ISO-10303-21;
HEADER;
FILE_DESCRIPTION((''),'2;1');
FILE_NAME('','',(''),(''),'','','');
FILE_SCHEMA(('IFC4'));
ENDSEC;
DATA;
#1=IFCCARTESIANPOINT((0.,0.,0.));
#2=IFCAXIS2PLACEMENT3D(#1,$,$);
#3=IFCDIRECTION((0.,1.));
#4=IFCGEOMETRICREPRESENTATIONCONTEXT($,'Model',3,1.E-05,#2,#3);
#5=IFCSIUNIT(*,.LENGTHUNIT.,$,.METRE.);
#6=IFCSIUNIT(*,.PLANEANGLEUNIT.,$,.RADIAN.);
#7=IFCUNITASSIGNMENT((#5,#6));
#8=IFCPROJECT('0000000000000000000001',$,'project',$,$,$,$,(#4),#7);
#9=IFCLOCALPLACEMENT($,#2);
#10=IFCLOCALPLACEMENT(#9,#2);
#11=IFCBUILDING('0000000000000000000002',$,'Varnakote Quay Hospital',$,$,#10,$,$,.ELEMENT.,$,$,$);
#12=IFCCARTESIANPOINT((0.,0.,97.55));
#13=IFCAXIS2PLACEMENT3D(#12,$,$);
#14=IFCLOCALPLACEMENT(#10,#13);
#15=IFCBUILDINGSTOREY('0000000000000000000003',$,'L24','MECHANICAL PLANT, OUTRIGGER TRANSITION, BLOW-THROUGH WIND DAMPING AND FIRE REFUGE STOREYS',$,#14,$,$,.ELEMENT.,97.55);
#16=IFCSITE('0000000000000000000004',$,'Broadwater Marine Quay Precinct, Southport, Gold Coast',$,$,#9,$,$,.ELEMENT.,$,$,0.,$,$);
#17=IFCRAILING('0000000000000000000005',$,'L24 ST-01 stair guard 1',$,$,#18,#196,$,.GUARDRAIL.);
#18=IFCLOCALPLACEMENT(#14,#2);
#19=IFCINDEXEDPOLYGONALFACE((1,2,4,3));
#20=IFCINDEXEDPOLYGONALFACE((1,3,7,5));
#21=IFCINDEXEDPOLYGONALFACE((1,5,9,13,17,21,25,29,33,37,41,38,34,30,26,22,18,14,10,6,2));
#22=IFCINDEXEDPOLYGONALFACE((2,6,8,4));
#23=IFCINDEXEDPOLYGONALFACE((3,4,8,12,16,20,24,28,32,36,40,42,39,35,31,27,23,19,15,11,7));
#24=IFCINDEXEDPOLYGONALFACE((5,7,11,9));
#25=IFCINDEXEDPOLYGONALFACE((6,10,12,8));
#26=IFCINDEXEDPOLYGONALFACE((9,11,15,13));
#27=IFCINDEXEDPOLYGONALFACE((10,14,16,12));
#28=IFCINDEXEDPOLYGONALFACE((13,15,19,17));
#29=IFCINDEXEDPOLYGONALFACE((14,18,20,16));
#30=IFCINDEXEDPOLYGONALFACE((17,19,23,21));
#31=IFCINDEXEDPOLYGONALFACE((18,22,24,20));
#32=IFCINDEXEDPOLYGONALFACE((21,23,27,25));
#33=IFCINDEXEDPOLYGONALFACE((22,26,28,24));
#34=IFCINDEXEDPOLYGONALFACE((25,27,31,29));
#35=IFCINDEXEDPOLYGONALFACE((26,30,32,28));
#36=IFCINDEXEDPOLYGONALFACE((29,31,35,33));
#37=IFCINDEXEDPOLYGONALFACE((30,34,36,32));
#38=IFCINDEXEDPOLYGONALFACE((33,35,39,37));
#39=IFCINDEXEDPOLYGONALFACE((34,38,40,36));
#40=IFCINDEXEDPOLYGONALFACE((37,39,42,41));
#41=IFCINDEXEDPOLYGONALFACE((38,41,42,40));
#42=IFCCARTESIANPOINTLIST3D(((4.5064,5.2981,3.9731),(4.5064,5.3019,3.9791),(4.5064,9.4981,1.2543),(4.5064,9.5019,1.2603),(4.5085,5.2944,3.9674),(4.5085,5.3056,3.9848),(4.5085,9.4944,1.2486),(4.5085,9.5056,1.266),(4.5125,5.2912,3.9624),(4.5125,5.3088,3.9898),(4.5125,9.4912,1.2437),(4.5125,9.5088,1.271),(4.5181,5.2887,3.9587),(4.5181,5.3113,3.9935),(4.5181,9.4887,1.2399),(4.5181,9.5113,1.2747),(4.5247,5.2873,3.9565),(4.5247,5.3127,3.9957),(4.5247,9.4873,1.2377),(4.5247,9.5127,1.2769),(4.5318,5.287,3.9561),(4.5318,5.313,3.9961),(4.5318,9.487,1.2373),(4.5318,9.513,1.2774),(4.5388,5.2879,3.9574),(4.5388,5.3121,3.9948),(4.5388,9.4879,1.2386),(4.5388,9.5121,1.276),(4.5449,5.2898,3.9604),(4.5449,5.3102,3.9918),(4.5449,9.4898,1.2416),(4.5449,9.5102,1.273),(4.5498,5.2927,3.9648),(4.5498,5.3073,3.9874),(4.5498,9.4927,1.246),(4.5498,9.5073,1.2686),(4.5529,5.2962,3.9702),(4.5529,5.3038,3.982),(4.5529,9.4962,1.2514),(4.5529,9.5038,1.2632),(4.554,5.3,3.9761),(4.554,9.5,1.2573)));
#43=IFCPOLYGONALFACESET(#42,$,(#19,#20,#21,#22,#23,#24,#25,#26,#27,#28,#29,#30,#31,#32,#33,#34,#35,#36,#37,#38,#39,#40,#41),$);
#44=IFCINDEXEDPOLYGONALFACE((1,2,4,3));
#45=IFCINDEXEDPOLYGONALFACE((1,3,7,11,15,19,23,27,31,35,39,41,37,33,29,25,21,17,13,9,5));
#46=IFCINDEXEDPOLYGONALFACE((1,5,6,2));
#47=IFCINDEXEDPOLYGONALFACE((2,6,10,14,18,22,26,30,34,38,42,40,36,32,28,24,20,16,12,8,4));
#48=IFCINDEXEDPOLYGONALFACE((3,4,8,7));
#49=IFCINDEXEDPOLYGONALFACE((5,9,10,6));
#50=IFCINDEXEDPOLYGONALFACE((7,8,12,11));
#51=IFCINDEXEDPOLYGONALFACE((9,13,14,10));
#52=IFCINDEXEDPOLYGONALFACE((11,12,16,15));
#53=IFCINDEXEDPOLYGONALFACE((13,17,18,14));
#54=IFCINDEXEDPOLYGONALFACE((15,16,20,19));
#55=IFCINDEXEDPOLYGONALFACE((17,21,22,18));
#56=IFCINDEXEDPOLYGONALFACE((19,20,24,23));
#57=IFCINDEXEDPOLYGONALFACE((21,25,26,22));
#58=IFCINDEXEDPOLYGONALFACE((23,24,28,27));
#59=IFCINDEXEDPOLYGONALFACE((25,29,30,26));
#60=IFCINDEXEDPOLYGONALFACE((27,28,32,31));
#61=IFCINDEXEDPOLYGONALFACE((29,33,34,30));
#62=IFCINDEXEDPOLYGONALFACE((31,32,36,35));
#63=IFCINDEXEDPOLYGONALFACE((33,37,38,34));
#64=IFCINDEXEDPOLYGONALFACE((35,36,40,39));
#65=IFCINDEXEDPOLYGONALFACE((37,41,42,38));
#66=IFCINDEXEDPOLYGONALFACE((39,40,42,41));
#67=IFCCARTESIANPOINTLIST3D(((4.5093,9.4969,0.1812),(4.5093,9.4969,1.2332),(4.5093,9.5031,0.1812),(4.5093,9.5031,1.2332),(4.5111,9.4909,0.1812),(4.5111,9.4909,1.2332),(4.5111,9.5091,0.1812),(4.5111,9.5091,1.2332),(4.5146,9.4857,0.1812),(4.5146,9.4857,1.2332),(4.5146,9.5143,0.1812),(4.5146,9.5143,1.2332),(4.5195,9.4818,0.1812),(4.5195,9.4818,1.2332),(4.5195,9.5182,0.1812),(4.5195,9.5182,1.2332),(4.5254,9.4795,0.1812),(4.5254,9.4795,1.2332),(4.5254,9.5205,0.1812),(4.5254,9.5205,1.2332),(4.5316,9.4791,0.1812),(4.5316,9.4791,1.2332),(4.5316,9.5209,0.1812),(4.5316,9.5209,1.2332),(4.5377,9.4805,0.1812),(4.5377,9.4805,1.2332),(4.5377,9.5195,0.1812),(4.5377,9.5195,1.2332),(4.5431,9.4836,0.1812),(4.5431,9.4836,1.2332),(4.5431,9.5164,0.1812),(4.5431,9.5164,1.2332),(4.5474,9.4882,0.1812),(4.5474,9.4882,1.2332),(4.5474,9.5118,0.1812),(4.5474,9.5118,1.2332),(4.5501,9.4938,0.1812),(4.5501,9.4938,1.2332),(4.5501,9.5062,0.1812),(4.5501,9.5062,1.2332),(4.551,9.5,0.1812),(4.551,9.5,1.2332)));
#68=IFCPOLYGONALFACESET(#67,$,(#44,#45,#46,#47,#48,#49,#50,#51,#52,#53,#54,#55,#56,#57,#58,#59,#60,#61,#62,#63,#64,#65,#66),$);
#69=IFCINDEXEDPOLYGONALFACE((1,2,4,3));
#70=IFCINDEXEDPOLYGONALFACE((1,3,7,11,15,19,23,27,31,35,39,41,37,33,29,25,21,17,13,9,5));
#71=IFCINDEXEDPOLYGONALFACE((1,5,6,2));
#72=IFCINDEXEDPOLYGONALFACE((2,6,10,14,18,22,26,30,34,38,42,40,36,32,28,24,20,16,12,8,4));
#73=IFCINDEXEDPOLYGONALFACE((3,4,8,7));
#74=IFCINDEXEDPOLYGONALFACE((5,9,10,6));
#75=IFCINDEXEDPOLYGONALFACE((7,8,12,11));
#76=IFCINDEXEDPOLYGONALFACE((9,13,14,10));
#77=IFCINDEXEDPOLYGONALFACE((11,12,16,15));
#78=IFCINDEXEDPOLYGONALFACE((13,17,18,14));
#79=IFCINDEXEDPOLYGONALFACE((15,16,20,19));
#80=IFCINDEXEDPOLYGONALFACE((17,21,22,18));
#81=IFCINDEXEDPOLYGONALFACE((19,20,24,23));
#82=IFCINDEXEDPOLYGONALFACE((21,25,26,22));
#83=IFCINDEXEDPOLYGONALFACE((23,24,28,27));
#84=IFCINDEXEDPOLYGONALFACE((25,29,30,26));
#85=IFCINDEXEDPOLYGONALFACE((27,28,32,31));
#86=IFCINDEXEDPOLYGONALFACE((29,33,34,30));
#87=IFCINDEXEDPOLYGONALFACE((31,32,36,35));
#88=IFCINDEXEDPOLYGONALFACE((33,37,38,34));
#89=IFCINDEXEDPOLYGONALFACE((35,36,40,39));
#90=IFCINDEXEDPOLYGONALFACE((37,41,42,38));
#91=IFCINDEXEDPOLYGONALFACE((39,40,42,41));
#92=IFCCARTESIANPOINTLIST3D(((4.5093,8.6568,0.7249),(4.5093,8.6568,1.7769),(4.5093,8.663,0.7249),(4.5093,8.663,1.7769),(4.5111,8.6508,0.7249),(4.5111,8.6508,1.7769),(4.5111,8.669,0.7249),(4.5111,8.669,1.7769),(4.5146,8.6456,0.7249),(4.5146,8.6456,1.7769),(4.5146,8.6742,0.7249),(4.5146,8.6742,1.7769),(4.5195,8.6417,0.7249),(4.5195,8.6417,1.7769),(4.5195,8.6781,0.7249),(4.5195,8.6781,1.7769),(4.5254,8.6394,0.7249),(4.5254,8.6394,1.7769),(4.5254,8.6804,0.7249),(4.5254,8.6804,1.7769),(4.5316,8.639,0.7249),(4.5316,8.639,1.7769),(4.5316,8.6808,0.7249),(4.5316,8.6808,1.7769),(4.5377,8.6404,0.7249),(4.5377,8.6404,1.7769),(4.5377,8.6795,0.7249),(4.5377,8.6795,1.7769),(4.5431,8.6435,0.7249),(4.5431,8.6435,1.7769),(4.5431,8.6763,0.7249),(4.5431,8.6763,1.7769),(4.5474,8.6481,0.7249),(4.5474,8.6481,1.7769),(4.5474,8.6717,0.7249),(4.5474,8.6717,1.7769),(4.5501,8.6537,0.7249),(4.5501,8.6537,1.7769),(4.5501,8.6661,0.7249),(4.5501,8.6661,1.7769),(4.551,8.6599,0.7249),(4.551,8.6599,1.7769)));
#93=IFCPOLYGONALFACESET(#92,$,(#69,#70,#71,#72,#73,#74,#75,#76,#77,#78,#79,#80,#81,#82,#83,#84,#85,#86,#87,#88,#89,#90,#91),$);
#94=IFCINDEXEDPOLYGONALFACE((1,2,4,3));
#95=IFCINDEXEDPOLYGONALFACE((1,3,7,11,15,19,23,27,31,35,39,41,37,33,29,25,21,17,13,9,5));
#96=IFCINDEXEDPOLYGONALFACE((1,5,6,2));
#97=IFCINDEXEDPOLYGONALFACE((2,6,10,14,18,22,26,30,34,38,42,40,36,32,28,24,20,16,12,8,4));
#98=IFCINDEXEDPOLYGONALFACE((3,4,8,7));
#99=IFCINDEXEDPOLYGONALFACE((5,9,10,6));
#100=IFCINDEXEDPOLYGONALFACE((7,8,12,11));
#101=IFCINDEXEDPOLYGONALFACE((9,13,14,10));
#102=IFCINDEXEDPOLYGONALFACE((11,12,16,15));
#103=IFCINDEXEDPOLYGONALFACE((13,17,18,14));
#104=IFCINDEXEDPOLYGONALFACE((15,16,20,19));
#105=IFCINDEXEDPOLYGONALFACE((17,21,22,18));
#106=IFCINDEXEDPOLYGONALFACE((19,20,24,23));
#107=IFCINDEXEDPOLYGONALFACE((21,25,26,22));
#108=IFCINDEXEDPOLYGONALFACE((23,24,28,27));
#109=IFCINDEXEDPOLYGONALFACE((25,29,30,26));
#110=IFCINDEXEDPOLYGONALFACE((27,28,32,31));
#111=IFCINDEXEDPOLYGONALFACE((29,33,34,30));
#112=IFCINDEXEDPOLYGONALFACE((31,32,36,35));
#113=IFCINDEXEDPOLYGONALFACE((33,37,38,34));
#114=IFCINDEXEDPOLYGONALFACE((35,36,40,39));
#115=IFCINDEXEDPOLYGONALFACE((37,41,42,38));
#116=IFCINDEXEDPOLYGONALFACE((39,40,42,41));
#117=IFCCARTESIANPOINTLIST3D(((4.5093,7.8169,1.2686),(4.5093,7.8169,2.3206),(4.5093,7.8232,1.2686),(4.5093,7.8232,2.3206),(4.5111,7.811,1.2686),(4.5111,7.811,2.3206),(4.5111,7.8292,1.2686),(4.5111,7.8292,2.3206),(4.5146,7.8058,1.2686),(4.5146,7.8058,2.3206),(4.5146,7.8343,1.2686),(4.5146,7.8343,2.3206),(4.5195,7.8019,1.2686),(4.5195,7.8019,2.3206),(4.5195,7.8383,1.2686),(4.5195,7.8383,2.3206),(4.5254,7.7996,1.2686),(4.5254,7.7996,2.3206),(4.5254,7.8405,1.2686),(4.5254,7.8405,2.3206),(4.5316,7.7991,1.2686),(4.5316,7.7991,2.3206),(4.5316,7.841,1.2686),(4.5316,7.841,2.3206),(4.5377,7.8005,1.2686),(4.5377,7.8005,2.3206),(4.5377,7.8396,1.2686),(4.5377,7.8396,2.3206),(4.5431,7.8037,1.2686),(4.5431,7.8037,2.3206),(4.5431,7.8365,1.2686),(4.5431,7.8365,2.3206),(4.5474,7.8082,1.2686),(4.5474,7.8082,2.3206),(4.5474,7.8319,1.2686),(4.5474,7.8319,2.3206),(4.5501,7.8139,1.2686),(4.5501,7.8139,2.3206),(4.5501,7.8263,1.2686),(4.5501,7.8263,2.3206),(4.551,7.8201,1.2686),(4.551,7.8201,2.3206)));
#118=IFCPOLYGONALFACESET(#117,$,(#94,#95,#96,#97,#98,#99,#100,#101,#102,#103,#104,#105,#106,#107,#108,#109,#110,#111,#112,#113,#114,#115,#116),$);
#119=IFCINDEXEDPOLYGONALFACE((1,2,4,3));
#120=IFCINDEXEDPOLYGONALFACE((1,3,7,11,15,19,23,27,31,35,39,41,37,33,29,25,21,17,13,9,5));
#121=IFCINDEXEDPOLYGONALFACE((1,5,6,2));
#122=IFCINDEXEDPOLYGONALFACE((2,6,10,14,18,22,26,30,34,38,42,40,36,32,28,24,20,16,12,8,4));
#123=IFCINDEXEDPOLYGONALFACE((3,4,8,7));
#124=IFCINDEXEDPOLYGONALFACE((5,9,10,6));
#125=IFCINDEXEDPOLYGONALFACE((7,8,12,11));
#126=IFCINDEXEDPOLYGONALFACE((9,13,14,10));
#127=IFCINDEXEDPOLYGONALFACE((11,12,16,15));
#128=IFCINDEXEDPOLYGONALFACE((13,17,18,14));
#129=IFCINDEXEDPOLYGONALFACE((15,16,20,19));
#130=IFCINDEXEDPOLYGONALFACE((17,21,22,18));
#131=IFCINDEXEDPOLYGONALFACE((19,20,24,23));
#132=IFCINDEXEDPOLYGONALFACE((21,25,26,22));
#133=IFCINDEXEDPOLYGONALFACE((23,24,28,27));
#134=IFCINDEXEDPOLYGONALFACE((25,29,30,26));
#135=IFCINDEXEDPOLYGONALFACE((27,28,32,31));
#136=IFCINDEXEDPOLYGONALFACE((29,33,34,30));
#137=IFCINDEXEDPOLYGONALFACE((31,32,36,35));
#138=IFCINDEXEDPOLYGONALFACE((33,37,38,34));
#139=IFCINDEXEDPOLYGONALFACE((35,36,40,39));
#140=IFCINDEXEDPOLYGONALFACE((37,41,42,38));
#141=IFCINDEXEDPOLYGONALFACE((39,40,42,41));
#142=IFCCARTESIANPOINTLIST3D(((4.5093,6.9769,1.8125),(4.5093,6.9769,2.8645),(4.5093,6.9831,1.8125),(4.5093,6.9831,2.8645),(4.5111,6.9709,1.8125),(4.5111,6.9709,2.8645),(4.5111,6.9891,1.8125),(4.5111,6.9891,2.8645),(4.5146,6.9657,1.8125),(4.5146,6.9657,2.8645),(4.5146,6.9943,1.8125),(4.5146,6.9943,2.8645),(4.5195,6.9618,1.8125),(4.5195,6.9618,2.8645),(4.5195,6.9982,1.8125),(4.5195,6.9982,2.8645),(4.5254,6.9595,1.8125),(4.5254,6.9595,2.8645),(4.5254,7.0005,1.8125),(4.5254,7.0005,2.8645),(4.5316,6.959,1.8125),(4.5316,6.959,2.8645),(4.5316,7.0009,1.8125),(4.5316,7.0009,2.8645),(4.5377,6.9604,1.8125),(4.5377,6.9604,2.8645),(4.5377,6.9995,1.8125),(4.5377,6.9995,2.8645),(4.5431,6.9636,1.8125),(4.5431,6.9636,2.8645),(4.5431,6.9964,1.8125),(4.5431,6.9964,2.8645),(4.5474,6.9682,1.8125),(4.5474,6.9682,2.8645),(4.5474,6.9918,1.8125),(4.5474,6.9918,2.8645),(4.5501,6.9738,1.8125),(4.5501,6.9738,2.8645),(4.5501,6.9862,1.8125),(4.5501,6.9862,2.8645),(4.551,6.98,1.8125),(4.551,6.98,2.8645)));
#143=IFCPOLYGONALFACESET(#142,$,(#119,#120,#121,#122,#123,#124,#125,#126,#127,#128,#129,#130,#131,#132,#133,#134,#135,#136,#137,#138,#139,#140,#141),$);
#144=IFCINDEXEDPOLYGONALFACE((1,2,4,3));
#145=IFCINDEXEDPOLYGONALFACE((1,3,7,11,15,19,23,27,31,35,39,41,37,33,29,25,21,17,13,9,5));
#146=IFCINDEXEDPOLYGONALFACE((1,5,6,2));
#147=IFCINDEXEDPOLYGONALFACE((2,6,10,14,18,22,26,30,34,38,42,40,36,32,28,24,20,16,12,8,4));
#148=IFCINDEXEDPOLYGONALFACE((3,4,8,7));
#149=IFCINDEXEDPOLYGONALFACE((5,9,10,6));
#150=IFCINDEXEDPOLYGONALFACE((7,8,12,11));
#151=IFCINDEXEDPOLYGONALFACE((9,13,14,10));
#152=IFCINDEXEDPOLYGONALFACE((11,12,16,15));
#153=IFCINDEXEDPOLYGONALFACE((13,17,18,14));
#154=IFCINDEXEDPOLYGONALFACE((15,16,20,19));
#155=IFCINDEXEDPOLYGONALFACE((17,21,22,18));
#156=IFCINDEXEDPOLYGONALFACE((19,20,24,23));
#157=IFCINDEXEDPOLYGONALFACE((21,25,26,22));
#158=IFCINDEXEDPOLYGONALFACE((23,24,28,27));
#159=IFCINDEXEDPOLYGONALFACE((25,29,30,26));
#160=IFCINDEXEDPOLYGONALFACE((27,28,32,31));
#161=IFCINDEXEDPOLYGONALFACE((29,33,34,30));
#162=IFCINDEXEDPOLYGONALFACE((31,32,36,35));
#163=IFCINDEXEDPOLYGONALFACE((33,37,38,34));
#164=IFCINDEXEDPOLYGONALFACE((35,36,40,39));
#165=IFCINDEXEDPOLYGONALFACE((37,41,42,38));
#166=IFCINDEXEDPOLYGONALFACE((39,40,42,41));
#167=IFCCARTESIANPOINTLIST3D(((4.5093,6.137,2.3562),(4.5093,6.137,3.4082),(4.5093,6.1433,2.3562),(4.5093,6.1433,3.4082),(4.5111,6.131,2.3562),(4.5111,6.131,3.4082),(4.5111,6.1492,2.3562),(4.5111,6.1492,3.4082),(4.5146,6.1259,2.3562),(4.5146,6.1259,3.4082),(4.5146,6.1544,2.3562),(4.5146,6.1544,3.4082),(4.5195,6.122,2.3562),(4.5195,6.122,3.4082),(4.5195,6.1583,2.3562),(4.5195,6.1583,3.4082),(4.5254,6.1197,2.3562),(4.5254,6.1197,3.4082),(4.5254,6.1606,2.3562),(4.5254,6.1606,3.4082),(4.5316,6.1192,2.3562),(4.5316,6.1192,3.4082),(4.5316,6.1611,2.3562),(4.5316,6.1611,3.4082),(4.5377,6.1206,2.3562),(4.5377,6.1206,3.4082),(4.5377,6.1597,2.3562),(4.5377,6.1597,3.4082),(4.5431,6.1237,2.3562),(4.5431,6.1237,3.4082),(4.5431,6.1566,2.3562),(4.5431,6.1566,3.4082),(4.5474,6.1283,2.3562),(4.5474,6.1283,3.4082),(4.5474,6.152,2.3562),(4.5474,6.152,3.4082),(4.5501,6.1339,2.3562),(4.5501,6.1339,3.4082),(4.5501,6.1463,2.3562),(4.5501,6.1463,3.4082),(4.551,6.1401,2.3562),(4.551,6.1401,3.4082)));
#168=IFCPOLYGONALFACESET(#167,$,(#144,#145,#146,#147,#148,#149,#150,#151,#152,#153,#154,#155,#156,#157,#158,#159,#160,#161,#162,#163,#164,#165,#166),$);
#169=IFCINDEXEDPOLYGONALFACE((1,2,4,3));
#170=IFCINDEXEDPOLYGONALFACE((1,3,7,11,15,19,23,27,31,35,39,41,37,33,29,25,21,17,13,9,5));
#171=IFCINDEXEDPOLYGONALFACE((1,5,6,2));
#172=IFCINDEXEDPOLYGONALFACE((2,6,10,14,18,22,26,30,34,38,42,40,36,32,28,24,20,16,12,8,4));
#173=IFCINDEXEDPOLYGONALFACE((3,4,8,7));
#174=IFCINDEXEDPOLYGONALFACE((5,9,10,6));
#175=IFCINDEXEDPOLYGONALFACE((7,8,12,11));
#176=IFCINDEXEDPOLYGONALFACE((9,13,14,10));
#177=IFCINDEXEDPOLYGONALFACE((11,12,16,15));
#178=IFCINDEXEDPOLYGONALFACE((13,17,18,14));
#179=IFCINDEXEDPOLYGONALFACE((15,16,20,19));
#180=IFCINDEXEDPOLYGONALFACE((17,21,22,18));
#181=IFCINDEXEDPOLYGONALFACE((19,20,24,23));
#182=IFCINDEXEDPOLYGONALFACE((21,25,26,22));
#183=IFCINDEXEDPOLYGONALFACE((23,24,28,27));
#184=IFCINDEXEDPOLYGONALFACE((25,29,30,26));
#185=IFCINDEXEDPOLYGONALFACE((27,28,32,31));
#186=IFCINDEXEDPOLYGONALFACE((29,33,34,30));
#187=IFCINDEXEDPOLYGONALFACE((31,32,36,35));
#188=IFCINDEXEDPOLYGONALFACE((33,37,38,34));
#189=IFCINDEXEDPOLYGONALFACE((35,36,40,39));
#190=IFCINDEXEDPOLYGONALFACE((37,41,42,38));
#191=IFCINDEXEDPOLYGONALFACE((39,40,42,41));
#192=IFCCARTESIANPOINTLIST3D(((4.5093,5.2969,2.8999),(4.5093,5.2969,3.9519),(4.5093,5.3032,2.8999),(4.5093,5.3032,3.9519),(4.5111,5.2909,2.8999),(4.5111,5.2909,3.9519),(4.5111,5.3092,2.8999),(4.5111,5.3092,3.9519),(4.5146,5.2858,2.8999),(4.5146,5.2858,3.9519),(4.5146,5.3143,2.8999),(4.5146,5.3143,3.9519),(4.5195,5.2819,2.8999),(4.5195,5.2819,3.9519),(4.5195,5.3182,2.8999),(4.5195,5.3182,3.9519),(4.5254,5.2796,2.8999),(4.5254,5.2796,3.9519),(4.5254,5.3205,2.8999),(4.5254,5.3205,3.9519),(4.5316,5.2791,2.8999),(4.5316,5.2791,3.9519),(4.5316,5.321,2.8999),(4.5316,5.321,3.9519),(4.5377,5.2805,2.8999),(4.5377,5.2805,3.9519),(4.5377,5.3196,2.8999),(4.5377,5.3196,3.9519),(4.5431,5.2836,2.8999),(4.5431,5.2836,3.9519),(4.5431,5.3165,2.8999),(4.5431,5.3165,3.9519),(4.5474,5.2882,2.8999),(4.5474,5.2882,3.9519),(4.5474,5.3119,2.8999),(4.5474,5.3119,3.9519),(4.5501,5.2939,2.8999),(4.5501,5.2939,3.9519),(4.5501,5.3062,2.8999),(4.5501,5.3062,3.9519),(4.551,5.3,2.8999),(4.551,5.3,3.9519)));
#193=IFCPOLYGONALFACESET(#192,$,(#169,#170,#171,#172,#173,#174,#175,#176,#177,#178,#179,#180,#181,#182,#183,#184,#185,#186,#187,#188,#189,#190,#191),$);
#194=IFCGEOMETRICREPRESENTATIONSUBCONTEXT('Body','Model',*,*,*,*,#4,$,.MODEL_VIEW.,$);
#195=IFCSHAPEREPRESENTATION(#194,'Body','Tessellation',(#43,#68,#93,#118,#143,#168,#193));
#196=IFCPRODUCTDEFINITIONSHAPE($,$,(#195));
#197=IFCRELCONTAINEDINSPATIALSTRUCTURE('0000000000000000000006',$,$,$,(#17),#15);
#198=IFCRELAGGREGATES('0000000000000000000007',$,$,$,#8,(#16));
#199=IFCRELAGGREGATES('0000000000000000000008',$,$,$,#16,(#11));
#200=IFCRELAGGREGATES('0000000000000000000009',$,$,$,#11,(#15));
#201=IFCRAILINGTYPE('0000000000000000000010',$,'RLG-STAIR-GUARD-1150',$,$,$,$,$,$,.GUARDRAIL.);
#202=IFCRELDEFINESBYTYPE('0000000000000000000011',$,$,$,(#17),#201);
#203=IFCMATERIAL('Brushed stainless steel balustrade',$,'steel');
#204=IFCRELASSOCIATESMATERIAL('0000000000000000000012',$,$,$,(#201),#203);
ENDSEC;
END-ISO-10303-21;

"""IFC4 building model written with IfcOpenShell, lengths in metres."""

from ifc_helpers import new_model, si_unit, direction, frame, origin, origin_2d, place, context, subcontext, project, spatial, circle, extrude, material, type_object, element, save


model = new_model("IFC4")

# Units and contexts
model_context = context("Model", 3, precision=1e-05, world=origin(), true_north=direction((0.0, 1.0)))
body_context = subcontext(model_context, "Body", "Model", "MODEL_VIEW")
ifc_project = project(units=[si_unit("LENGTHUNIT", "METRE"), si_unit("PLANEANGLEUNIT", "RADIAN")], contexts=[model_context])

# Site, building, storey
site_placement = place(None, origin())
site = spatial("IfcSite", under=ifc_project, at=site_placement, Name="Broadwater Marine Quay Precinct, Southport, Gold Coast", CompositionType="ELEMENT", RefElevation=0.0)
building_placement = place(site_placement, origin())
building = spatial("IfcBuilding", under=site, at=building_placement, Name="Varnakote Quay Hospital", CompositionType="ELEMENT")
storey_placement = place(building_placement, frame((0.0, 0.0, 97.55)))
storey = spatial("IfcBuildingStorey", under=building, at=storey_placement, Name="L24", Description="MECHANICAL PLANT, OUTRIGGER TRANSITION, BLOW-THROUGH WIND DAMPING AND FIRE REFUGE STOREYS", CompositionType="ELEMENT", Elevation=97.55)

# Railing
ifc_material_1 = material(Name="Brushed stainless steel balustrade", Category="steel")
railing_type = type_object("IfcRailingType", Name="RLG-STAIR-GUARD-1150", PredefinedType="GUARDRAIL", material=ifc_material_1)
railing_1_placement = place(storey_placement, frame((4.53, 9.5, 0.1812)))
element("IfcRailing", 1, at=railing_1_placement, inside=storey, type_object=railing_type, Name="L24 ST-01 stair guard 1", PredefinedType="GUARDRAIL", context=body_context, shape_type="SweptSolid", body=[
    extrude(circle(Radius=0.0239, at=origin_2d()), frame((0.0, 0.0, 1.0762), z_axis=(0.0, -0.839467, 0.543411), x_axis=(1.0, 0.0, 0.0)), (0.0, 0.0, 1.0), 5.0032),
    extrude(circle(Radius=0.021, at=origin_2d()), origin(), (0.0, 0.0, 1.0), 1.052),
    extrude(circle(Radius=0.021, at=origin_2d()), frame((0.0, -0.8401, 0.5437)), (0.0, 0.0, 1.0), 1.052),
    extrude(circle(Radius=0.021, at=origin_2d()), frame((0.0, -1.6799, 1.0874)), (0.0, 0.0, 1.0), 1.052),
    extrude(circle(Radius=0.021, at=origin_2d()), frame((0.0, -2.52, 1.6313)), (0.0, 0.0, 1.0), 1.052),
    extrude(circle(Radius=0.021, at=origin_2d()), frame((0.0, -3.3599, 2.175)), (0.0, 0.0, 1.0), 1.052),
    extrude(circle(Radius=0.021, at=origin_2d()), frame((0.0, -4.2, 2.7188)), (0.0, 0.0, 1.0), 1.052),
])

save(model, "model.ifc")
